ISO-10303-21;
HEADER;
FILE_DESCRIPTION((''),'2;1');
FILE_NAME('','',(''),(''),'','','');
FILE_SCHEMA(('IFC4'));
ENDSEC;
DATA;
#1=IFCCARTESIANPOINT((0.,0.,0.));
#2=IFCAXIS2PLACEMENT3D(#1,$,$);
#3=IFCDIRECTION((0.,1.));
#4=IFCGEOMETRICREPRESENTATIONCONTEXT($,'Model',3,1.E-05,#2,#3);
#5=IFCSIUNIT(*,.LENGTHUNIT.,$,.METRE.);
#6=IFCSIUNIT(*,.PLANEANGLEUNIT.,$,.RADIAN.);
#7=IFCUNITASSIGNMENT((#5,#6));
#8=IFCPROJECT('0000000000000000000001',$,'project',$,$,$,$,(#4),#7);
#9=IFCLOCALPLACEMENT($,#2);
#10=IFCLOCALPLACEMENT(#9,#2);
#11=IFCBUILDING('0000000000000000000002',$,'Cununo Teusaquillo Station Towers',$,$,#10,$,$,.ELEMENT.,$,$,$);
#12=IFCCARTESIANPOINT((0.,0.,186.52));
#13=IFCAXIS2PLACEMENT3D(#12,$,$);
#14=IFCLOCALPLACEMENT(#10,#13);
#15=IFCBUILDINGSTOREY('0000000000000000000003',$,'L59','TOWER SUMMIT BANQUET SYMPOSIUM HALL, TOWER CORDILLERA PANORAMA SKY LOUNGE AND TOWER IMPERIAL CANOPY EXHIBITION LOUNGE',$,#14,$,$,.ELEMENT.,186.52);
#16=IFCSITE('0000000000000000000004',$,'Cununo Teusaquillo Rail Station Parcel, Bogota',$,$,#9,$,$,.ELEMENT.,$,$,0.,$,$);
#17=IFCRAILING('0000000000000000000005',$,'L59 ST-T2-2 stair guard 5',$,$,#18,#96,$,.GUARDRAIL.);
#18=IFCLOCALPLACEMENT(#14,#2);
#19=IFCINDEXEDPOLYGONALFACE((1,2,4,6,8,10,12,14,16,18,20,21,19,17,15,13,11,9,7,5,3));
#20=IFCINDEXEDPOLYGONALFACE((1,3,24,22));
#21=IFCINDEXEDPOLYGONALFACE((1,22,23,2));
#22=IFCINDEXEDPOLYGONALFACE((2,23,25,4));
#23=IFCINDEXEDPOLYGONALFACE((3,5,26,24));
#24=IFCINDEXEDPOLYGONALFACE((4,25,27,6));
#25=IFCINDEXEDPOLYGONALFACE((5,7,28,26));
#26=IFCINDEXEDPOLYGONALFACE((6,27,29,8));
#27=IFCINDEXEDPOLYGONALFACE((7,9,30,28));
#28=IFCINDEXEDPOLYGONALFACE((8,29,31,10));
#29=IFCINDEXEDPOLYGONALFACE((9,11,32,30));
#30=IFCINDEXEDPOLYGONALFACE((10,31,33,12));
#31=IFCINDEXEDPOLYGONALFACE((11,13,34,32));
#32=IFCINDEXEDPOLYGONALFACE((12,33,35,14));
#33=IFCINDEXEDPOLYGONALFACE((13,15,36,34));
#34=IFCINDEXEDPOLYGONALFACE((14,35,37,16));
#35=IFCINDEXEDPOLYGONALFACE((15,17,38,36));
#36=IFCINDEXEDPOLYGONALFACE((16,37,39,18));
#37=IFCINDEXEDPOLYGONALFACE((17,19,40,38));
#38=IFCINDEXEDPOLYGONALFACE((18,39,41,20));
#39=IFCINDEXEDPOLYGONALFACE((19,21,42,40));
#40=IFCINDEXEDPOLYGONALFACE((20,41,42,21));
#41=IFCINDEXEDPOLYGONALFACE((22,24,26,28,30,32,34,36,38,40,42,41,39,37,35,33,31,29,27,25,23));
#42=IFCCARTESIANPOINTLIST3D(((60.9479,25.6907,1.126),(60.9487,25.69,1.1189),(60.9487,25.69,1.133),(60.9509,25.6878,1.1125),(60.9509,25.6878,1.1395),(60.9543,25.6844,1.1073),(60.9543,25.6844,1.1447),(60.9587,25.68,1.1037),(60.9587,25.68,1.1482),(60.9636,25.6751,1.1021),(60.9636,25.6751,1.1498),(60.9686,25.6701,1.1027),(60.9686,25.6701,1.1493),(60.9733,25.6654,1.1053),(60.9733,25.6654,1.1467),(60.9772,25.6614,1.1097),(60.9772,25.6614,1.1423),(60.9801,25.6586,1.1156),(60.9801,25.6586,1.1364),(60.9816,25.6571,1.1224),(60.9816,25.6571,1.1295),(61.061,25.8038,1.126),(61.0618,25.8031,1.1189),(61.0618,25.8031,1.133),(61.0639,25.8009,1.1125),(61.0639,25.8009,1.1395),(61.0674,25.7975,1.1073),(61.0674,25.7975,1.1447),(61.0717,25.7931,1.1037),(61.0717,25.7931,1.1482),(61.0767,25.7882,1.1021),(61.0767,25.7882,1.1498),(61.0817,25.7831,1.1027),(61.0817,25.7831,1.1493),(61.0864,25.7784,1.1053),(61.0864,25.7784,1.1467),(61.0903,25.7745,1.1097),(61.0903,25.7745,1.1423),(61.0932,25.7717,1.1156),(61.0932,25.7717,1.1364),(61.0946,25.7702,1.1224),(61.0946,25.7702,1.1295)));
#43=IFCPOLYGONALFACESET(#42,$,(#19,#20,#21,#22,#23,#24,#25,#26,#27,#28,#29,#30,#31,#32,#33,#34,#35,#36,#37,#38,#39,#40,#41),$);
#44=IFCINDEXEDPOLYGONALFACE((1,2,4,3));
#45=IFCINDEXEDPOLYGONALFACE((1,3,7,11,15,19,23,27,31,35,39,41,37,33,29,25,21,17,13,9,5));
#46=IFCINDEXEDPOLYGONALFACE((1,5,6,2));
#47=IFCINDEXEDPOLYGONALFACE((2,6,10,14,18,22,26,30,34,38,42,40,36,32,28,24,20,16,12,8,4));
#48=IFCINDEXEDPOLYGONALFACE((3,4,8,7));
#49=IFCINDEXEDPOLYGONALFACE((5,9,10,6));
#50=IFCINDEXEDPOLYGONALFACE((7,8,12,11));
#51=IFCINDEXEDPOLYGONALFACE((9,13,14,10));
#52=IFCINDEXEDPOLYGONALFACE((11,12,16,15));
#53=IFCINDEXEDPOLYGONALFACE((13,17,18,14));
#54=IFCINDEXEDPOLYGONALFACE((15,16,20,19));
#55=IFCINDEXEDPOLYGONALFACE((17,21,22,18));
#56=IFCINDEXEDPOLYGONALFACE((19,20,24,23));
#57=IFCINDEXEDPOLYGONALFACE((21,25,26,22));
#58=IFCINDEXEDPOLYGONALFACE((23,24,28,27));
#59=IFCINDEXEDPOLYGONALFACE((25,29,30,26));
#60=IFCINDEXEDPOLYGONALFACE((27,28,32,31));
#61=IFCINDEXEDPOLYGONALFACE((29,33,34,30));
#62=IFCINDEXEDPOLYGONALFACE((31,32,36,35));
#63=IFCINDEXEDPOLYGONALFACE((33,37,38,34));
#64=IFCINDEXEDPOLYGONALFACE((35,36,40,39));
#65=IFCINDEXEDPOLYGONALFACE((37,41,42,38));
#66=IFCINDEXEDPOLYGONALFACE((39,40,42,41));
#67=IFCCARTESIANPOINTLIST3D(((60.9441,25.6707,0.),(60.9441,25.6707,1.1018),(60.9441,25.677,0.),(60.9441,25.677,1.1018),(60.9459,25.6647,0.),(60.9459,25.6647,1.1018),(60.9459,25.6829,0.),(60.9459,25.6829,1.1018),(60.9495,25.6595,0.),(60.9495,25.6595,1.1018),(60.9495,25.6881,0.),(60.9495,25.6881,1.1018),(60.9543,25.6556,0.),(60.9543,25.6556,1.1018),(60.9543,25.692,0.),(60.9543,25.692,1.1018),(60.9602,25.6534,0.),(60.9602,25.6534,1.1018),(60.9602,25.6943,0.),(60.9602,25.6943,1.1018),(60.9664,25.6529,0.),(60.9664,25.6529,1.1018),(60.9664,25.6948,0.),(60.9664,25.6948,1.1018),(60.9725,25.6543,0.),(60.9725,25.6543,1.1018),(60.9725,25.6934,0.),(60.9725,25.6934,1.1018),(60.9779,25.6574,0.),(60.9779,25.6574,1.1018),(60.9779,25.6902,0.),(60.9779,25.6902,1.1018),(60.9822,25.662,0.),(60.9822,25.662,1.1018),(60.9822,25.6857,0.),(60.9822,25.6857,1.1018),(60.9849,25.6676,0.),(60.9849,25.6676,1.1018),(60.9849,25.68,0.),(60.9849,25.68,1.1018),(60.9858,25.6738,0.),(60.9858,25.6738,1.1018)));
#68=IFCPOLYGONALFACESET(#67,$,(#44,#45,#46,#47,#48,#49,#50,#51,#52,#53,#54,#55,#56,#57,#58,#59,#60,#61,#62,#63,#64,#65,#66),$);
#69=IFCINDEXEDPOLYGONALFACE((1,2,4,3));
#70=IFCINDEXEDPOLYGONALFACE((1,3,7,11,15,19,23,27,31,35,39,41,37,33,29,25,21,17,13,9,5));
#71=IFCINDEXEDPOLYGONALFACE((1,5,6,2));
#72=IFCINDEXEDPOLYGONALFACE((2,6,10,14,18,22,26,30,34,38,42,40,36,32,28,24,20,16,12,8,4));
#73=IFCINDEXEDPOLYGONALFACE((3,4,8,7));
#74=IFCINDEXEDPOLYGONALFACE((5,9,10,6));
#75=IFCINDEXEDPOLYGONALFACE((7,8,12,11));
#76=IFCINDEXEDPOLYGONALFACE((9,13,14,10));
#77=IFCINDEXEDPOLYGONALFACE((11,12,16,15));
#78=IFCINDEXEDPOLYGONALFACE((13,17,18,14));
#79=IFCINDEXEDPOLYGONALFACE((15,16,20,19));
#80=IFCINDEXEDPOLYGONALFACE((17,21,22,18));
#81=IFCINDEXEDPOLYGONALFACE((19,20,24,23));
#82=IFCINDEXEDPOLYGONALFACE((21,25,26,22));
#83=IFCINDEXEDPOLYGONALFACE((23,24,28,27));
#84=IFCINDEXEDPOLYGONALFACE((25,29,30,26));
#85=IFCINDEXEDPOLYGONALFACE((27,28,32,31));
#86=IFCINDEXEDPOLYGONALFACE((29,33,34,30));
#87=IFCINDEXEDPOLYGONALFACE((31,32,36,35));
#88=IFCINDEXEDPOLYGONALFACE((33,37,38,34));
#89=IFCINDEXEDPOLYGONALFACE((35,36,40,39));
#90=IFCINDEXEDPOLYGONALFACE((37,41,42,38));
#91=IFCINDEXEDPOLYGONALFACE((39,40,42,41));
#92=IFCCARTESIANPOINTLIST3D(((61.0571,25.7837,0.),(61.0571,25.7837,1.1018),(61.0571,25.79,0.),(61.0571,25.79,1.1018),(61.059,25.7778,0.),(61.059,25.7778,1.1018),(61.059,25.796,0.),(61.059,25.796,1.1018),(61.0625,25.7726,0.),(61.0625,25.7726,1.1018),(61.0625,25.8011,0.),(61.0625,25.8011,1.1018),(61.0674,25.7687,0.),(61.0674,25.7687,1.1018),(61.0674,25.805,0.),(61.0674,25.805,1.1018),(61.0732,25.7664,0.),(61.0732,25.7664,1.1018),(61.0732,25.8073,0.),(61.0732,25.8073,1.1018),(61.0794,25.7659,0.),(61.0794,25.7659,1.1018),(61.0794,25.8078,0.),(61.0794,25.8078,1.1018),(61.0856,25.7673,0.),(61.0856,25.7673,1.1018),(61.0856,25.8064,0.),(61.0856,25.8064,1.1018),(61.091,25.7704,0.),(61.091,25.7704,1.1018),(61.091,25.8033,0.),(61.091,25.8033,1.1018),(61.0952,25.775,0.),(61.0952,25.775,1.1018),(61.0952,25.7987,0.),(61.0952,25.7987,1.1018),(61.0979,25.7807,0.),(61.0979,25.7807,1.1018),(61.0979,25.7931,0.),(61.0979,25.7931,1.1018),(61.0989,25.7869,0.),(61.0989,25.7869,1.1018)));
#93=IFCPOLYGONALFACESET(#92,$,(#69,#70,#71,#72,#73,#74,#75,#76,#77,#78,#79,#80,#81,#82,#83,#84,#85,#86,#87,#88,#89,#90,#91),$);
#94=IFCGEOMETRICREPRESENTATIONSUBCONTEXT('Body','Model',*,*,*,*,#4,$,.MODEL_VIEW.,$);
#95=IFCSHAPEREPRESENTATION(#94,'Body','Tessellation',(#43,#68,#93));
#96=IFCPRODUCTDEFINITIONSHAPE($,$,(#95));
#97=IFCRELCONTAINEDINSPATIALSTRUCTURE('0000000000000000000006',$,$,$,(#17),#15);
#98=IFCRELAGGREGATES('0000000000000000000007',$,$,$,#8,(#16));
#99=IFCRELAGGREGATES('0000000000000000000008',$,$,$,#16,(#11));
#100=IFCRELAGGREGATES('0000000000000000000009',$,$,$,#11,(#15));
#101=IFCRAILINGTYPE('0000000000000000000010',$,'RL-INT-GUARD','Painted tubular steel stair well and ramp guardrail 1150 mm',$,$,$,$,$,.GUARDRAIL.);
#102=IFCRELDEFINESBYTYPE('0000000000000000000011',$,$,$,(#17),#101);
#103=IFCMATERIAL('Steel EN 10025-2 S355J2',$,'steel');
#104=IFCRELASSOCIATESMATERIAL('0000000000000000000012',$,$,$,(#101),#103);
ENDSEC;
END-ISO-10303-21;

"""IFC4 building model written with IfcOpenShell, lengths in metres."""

from ifc_helpers import new_model, si_unit, direction, frame, origin, origin_2d, place, context, subcontext, project, spatial, circle, extrude, material, type_object, element, save


model = new_model("IFC4")

# Units and contexts
model_context = context("Model", 3, precision=1e-05, world=origin(), true_north=direction((0.0, 1.0)))
body_context = subcontext(model_context, "Body", "Model", "MODEL_VIEW")
ifc_project = project(units=[si_unit("LENGTHUNIT", "METRE"), si_unit("PLANEANGLEUNIT", "RADIAN")], contexts=[model_context])

# Site, building, storey
site_placement = place(None, origin())
site = spatial("IfcSite", under=ifc_project, at=site_placement, Name="Cununo Teusaquillo Rail Station Parcel, Bogota", CompositionType="ELEMENT", RefElevation=0.0)
building_placement = place(site_placement, origin())
building = spatial("IfcBuilding", under=site, at=building_placement, Name="Cununo Teusaquillo Station Towers", CompositionType="ELEMENT")
storey_placement = place(building_placement, frame((0.0, 0.0, 186.52)))
storey = spatial("IfcBuildingStorey", under=building, at=storey_placement, Name="L59", Description="TOWER SUMMIT BANQUET SYMPOSIUM HALL, TOWER CORDILLERA PANORAMA SKY LOUNGE AND TOWER IMPERIAL CANOPY EXHIBITION LOUNGE", CompositionType="ELEMENT", Elevation=186.52)

# Railing
ifc_material_1 = material(Name="Steel EN 10025-2 S355J2", Category="steel")
railing_type_1 = type_object("IfcRailingType", Name="RL-INT-GUARD", Description="Painted tubular steel stair well and ramp guardrail 1150 mm", PredefinedType="GUARDRAIL", material=ifc_material_1)
railing_1_placement = place(storey_placement, frame((60.9648, 25.6738, 0.0)))
element("IfcRailing", 1, at=railing_1_placement, inside=storey, type_object=railing_type_1, Name="L59 ST-T2-2 stair guard 5", PredefinedType="GUARDRAIL", context=body_context, shape_type="SweptSolid", body=[
    extrude(circle(Radius=0.0239, at=origin_2d()), frame((0.0, 0.0, 1.126), z_axis=(0.707107, 0.707107, 0.0), x_axis=(-0.707107, 0.707107, 0.0)), (0.0, 0.0, 1.0), 0.1599),
    extrude(circle(Radius=0.021, at=origin_2d()), origin(), (0.0, 0.0, 1.0), 1.1018),
    extrude(circle(Radius=0.021, at=origin_2d()), frame((0.113, 0.113, 0.0)), (0.0, 0.0, 1.0), 1.1018),
])

save(model, "model.ifc")
